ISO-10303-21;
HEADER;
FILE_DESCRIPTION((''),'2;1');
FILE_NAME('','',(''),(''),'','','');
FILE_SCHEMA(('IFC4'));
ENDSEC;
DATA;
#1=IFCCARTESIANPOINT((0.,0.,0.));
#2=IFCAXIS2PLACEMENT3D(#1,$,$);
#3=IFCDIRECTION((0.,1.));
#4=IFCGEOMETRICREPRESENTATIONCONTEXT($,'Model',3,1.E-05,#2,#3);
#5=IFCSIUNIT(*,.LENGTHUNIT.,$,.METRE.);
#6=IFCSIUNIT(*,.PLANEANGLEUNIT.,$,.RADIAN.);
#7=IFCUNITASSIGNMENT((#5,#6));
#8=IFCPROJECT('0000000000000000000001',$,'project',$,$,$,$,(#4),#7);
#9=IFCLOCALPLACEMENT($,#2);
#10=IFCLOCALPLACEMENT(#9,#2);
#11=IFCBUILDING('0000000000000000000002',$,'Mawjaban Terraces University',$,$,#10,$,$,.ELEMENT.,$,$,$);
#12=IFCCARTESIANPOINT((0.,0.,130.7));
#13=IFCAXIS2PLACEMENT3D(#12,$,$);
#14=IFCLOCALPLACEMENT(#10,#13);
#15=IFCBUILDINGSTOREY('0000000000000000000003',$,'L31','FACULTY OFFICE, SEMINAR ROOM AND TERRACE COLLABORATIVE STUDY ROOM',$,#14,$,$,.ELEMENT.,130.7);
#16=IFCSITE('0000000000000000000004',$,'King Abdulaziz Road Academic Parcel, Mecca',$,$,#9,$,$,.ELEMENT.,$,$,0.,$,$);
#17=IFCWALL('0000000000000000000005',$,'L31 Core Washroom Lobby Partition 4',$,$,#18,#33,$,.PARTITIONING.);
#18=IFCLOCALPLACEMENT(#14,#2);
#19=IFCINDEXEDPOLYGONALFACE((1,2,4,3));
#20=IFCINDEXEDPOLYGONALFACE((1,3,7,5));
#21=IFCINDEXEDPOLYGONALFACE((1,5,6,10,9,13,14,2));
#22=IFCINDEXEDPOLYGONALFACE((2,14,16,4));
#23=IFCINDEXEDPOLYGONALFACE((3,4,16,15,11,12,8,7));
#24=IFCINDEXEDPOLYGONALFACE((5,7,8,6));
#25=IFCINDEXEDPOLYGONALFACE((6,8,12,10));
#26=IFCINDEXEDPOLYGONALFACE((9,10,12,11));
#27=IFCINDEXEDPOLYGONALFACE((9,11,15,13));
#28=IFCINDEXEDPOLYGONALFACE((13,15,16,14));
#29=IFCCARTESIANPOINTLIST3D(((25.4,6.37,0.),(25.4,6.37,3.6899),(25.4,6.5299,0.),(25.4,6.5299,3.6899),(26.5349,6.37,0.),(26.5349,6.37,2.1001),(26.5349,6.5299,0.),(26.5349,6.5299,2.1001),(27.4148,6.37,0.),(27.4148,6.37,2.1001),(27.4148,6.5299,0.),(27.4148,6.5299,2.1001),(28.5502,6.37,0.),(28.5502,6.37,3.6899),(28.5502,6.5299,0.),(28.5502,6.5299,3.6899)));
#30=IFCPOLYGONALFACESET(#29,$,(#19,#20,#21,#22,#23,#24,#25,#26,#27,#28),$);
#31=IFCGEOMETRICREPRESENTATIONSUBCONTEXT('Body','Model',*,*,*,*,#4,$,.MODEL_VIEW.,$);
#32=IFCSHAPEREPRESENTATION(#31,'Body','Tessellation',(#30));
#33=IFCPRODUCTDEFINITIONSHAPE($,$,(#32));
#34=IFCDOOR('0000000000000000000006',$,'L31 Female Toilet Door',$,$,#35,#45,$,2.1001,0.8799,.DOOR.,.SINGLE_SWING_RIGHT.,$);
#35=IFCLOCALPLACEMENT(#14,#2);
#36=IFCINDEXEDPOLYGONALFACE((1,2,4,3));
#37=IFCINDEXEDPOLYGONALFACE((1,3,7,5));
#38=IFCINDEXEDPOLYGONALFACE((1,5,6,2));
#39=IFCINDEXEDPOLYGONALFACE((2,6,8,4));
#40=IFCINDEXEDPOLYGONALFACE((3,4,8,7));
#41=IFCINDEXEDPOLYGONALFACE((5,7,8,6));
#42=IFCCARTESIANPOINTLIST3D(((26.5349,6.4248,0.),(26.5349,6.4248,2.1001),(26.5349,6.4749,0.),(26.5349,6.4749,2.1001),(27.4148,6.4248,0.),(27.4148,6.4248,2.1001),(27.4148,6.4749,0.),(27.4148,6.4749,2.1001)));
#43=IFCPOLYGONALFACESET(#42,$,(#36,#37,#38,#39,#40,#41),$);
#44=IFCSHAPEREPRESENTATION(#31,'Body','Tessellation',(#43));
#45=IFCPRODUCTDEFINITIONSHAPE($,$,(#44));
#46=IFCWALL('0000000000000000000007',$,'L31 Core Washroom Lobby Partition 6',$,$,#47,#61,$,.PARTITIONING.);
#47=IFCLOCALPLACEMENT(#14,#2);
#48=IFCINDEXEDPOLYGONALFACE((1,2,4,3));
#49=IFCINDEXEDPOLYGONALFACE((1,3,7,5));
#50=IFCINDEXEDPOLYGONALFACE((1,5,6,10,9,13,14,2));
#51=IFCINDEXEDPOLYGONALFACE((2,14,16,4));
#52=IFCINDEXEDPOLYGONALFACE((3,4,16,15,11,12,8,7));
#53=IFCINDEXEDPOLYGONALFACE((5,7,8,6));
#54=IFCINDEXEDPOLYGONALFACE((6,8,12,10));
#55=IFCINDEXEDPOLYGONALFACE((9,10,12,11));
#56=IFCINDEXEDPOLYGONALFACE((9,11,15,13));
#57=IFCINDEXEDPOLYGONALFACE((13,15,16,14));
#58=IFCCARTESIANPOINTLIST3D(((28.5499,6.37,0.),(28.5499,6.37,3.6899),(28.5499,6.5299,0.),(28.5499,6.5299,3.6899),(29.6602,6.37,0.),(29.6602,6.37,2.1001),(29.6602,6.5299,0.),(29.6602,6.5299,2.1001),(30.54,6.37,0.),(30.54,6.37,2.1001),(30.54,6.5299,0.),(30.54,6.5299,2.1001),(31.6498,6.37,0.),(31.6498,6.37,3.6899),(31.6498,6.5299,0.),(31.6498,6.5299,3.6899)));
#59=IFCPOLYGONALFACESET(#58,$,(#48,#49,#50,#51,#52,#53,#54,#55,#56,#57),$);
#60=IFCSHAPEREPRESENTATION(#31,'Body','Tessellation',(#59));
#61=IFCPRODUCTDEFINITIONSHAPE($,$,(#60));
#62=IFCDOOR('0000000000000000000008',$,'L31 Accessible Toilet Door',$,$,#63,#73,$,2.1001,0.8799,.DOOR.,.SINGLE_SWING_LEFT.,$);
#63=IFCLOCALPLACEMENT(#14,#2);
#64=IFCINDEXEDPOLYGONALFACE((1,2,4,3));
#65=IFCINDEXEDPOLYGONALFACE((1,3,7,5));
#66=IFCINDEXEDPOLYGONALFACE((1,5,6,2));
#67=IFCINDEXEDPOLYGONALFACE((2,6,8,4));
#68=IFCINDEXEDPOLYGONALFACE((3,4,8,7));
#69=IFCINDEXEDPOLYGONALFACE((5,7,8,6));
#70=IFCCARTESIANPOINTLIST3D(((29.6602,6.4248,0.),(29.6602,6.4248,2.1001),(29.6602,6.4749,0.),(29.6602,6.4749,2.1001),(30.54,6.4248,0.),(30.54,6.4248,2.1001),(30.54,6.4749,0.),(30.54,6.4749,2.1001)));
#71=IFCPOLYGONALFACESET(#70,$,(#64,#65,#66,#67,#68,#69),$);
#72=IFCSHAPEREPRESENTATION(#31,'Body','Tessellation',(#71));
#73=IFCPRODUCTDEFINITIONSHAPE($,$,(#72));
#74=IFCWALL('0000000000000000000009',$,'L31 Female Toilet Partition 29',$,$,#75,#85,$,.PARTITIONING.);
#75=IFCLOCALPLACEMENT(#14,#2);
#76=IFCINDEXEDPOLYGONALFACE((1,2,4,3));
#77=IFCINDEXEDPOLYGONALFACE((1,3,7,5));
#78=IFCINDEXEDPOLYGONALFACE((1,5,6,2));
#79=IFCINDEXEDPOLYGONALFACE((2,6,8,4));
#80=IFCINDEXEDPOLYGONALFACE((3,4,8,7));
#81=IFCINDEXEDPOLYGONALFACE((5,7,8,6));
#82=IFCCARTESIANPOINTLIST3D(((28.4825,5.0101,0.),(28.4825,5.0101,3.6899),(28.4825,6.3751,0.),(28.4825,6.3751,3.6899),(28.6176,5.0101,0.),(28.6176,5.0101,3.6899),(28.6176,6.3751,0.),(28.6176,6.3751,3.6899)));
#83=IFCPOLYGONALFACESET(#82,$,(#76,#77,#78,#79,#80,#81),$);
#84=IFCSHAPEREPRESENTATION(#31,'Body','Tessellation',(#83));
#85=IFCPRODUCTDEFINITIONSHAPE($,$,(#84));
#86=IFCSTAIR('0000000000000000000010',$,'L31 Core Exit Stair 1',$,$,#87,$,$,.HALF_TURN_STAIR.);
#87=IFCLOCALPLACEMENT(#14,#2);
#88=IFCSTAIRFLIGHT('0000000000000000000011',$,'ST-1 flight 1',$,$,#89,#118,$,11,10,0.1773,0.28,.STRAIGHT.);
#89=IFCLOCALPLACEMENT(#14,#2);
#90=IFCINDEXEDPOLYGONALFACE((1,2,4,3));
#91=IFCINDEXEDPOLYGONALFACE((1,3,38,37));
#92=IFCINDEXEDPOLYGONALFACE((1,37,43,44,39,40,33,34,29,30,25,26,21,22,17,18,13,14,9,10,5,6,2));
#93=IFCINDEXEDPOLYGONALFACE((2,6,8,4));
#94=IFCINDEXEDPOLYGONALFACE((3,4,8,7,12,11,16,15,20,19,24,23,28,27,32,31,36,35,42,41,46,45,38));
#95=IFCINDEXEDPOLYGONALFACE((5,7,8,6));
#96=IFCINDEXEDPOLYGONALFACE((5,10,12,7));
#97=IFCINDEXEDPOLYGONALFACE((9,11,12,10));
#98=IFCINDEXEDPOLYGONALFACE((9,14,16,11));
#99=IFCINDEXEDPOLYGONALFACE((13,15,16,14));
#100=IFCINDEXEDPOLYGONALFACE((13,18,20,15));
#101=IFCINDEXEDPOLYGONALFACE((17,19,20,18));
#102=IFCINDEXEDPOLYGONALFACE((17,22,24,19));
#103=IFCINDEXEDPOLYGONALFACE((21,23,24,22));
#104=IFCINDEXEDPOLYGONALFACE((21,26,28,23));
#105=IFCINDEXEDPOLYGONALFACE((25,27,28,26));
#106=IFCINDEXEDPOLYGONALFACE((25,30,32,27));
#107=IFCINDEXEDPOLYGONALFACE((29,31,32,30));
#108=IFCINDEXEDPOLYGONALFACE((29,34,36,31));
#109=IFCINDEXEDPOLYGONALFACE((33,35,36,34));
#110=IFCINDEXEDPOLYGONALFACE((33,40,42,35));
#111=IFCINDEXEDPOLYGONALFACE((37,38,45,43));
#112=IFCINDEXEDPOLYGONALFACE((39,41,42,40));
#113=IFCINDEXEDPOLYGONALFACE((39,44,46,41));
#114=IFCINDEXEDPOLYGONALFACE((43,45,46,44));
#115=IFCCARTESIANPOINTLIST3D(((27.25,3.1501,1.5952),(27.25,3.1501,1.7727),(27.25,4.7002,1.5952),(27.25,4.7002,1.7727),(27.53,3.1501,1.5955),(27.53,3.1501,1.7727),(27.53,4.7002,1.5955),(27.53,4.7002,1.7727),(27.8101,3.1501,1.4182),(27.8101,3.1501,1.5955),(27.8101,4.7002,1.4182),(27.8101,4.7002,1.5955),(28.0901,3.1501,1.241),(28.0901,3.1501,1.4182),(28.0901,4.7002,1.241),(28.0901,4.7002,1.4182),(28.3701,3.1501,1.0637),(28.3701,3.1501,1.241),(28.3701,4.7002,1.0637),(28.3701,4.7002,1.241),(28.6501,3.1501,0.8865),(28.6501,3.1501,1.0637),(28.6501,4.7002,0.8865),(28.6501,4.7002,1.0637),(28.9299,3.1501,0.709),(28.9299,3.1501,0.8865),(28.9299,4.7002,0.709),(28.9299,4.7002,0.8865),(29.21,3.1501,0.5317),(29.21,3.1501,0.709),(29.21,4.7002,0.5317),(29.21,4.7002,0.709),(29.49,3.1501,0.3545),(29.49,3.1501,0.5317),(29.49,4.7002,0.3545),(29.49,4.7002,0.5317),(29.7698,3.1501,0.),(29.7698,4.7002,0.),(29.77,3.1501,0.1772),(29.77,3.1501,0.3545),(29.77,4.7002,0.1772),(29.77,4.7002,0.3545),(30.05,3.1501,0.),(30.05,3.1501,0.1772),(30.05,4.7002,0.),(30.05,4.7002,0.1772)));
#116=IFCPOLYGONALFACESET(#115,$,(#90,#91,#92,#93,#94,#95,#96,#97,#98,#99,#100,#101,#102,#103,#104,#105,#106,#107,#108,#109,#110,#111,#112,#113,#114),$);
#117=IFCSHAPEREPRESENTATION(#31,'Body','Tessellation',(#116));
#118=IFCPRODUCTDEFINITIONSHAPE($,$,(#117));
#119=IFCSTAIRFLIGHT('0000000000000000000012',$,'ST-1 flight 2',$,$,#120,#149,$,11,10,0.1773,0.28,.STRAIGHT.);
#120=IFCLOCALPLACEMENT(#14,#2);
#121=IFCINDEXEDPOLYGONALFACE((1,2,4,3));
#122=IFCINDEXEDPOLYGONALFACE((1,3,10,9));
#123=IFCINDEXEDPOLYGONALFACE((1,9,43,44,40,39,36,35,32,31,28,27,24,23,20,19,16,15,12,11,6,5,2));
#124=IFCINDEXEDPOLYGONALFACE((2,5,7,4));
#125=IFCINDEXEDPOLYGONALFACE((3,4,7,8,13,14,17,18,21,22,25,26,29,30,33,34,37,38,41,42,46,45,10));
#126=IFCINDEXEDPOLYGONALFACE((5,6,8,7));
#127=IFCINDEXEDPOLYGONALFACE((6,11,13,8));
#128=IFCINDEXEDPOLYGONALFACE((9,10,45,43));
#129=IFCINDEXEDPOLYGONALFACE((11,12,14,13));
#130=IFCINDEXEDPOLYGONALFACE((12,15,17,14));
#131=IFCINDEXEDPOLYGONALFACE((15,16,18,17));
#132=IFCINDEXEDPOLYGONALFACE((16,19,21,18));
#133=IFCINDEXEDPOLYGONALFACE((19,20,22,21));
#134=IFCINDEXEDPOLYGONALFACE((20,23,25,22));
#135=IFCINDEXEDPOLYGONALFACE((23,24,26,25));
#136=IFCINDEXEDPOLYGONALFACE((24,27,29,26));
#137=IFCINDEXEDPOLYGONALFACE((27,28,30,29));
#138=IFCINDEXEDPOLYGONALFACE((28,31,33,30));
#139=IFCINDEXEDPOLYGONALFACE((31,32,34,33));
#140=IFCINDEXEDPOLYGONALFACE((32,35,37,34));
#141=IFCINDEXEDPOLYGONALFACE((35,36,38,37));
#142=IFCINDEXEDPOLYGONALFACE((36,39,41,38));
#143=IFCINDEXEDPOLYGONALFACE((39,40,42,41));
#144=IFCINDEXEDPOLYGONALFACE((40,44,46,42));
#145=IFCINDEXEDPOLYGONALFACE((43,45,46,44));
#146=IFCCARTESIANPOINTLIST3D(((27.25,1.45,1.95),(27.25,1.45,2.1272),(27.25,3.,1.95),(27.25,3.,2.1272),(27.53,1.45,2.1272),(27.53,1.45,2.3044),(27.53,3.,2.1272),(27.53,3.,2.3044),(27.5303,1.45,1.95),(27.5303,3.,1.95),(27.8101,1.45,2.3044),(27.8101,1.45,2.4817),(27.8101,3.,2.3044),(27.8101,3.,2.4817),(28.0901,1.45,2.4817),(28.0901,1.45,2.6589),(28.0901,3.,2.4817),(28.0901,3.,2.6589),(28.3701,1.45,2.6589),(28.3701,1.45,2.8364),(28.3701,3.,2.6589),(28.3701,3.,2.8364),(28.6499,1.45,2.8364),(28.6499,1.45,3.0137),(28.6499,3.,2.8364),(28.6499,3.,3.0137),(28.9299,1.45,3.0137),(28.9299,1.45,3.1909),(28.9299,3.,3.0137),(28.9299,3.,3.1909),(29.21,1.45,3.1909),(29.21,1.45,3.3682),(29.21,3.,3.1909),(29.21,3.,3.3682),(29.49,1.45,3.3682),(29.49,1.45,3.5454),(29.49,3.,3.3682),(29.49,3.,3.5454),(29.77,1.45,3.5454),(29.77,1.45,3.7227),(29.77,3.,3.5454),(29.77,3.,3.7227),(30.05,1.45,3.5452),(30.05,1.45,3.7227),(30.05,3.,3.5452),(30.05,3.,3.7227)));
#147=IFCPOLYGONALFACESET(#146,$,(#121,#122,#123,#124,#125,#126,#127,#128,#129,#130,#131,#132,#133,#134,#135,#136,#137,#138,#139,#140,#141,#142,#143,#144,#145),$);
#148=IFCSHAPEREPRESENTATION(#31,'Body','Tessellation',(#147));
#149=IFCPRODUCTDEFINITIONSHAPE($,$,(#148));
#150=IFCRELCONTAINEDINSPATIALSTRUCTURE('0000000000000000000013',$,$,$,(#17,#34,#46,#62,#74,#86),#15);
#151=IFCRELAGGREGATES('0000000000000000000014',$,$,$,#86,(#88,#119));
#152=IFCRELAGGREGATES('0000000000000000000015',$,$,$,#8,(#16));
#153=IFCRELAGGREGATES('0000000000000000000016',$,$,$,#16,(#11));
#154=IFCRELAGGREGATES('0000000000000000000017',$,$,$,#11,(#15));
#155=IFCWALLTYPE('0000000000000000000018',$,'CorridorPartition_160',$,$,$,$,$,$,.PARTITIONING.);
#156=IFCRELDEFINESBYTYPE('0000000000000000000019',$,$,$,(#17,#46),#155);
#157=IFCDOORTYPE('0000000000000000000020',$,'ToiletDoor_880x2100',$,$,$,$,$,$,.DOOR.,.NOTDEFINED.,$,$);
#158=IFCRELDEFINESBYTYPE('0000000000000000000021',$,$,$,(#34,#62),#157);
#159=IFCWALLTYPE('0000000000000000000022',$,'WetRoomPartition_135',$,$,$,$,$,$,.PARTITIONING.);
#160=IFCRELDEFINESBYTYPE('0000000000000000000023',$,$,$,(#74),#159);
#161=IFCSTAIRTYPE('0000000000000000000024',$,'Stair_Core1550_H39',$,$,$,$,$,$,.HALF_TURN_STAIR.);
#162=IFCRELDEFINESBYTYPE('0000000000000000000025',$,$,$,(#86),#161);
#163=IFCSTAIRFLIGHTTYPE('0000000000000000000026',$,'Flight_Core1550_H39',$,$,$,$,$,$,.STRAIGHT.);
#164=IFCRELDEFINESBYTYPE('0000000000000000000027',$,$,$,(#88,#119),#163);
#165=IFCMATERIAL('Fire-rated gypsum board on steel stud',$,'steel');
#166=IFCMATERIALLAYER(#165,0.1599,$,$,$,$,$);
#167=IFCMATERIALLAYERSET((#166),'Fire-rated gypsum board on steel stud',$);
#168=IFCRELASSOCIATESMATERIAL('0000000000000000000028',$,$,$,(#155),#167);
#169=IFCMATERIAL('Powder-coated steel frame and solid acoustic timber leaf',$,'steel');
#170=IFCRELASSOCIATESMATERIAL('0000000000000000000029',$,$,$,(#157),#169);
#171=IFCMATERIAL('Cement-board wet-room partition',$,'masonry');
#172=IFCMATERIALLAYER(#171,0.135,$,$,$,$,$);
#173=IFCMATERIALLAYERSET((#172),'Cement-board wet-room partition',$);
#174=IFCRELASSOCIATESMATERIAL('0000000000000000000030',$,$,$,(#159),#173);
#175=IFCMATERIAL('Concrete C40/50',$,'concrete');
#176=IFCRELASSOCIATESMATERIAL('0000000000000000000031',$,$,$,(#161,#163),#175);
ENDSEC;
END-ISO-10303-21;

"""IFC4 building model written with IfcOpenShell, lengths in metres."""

from ifc_helpers import new_model, si_unit, direction, frame, frame_2d, origin, place, context, subcontext, project, spatial, polyline, rectangle, outline, extrude, material, layer, layer_set, type_object, element, fill, aggregate, save


model = new_model("IFC4")

# Units and contexts
model_context = context("Model", 3, precision=1e-05, world=origin(), true_north=direction((0.0, 1.0)))
body_context = subcontext(model_context, "Body", "Model", "MODEL_VIEW")
ifc_project = project(units=[si_unit("LENGTHUNIT", "METRE"), si_unit("PLANEANGLEUNIT", "RADIAN")], contexts=[model_context])

# Site, building, storey
site_placement = place(None, origin())
site = spatial("IfcSite", under=ifc_project, at=site_placement, Name="King Abdulaziz Road Academic Parcel, Mecca", CompositionType="ELEMENT", RefElevation=0.0)
building_placement = place(site_placement, origin())
building = spatial("IfcBuilding", under=site, at=building_placement, Name="Mawjaban Terraces University", CompositionType="ELEMENT")
storey_placement = place(building_placement, frame((0.0, 0.0, 130.7)))
storey = spatial("IfcBuildingStorey", under=building, at=storey_placement, Name="L31", Description="FACULTY OFFICE, SEMINAR ROOM AND TERRACE COLLABORATIVE STUDY ROOM", CompositionType="ELEMENT", Elevation=130.7)

# Walls, openings, doors
ifc_material_1 = material(Name="Fire-rated gypsum board on steel stud", Category="steel")
ifc_layer_1 = layer(ifc_material_1, 0.1599)
ifc_layer_set_1 = layer_set([ifc_layer_1], Name="Fire-rated gypsum board on steel stud")
wall_type_1 = type_object("IfcWallType", Name="CorridorPartition_160", PredefinedType="PARTITIONING", material=ifc_layer_set_1)
wall_1_placement = place(storey_placement, frame((25.3999, 6.45, 0.0), z_axis=(0.0, 0.0, 1.0), x_axis=(1.0, 0.0, 0.0)))
wall_1 = element("IfcWall", 1, at=wall_1_placement, inside=storey, type_object=wall_type_1, Name="L31 Core Washroom Lobby Partition 4", PredefinedType="PARTITIONING", context=body_context, shape_type="SweptSolid", body=[
    extrude(rectangle(XDim=3.1501, YDim=0.1599, at=frame_2d((1.5752, 0.0))), origin(), (0.0, 0.0, 1.0), 3.6899),
])
opening_1_placement = place(wall_1_placement, frame((1.135, 0.0, 0.0)))
opening_1 = element("IfcOpeningElement", 2, at=opening_1_placement, cuts=wall_1, PredefinedType="OPENING", context=body_context, shape_type="SweptSolid", body=[
    extrude(rectangle(XDim=0.8799, YDim=2.1001, at=frame_2d((0.4399, 1.05))), frame((0.0, 0.0898, 0.0), z_axis=(0.0, -1.0, 0.0), x_axis=(1.0, 0.0, 0.0)), (0.0, 0.0, 1.0), 0.1799),
])
ifc_material_2 = material(Name="Powder-coated steel frame and solid acoustic timber leaf", Category="steel")
door_type = type_object("IfcDoorType", Name="ToiletDoor_880x2100", OperationType="NOTDEFINED", PredefinedType="DOOR", material=ifc_material_2)
door_1_placement = place(opening_1_placement, origin())
door_1 = element("IfcDoor", 3, at=door_1_placement, inside=storey, type_object=door_type, Name="L31 Female Toilet Door", OperationType="SINGLE_SWING_RIGHT", OverallHeight=2.1001, OverallWidth=0.8799, PredefinedType="DOOR", context=body_context, shape_type="SweptSolid", body=[
    extrude(rectangle(XDim=0.8799, YDim=2.1001, at=frame_2d((0.4399, 1.05))), frame((0.0, 0.0249, 0.0), z_axis=(0.0, -1.0, 0.0), x_axis=(1.0, 0.0, 0.0)), (0.0, 0.0, 1.0), 0.05),
])
fill(opening_1, door_1)
wall_2_placement = place(storey_placement, frame((28.55, 6.45, 0.0), z_axis=(0.0, 0.0, 1.0), x_axis=(1.0, 0.0, 0.0)))
wall_2 = element("IfcWall", 4, at=wall_2_placement, inside=storey, type_object=wall_type_1, Name="L31 Core Washroom Lobby Partition 6", PredefinedType="PARTITIONING", context=body_context, shape_type="SweptSolid", body=[
    extrude(rectangle(XDim=3.0999, YDim=0.1599, at=frame_2d((1.5498, 0.0))), origin(), (0.0, 0.0, 1.0), 3.6899),
])
opening_2_placement = place(wall_2_placement, frame((1.1101, 0.0, 0.0)))
opening_2 = element("IfcOpeningElement", 5, at=opening_2_placement, cuts=wall_2, PredefinedType="OPENING", context=body_context, shape_type="SweptSolid", body=[
    extrude(rectangle(XDim=0.8799, YDim=2.1001, at=frame_2d((0.4399, 1.05))), frame((0.0, 0.0898, 0.0), z_axis=(0.0, -1.0, 0.0), x_axis=(1.0, 0.0, 0.0)), (0.0, 0.0, 1.0), 0.1799),
])
door_2_placement = place(opening_2_placement, origin())
door_2 = element("IfcDoor", 6, at=door_2_placement, inside=storey, type_object=door_type, Name="L31 Accessible Toilet Door", OperationType="SINGLE_SWING_LEFT", OverallHeight=2.1001, OverallWidth=0.8799, PredefinedType="DOOR", context=body_context, shape_type="SweptSolid", body=[
    extrude(rectangle(XDim=0.8799, YDim=2.1001, at=frame_2d((0.4399, 1.05))), frame((0.0, 0.0249, 0.0), z_axis=(0.0, -1.0, 0.0), x_axis=(1.0, 0.0, 0.0)), (0.0, 0.0, 1.0), 0.05),
])
fill(opening_2, door_2)

# Wall
ifc_material_3 = material(Name="Cement-board wet-room partition", Category="masonry")
ifc_layer_2 = layer(ifc_material_3, 0.135)
ifc_layer_set_2 = layer_set([ifc_layer_2], Name="Cement-board wet-room partition")
wall_type_2 = type_object("IfcWallType", Name="WetRoomPartition_135", PredefinedType="PARTITIONING", material=ifc_layer_set_2)
wall_3_placement = place(storey_placement, frame((28.55, 5.01, 0.0), z_axis=(0.0, 0.0, 1.0), x_axis=(0.0, 1.0, 0.0)))
element("IfcWall", 7, at=wall_3_placement, inside=storey, type_object=wall_type_2, Name="L31 Female Toilet Partition 29", PredefinedType="PARTITIONING", context=body_context, shape_type="SweptSolid", body=[
    extrude(rectangle(XDim=1.365, YDim=0.135, at=frame_2d((0.6826, 0.0))), origin(), (0.0, 0.0, 1.0), 3.6899),
])

# Stair, stair flights
ifc_material_4 = material(Name="Concrete C40/50", Category="concrete")
stair_type = type_object("IfcStairType", Name="Stair_Core1550_H39", PredefinedType="HALF_TURN_STAIR", material=ifc_material_4)
stair_1_placement = place(storey_placement, origin())
stair_1 = element("IfcStair", 8, at=stair_1_placement, inside=storey, type_object=stair_type, Name="L31 Core Exit Stair 1", PredefinedType="HALF_TURN_STAIR")
stair_flight_type = type_object("IfcStairFlightType", Name="Flight_Core1550_H39", PredefinedType="STRAIGHT", material=ifc_material_4)
stair_flight_1_placement = place(storey_placement, frame((30.05, 3.925, 0.0), z_axis=(0.0, 0.0, 1.0), x_axis=(-1.0, 0.0, 0.0)))
stair_flight_1 = element("IfcStairFlight", 9, at=stair_flight_1_placement, type_object=stair_flight_type, Name="ST-1 flight 1", NumberOfRisers=11, NumberOfTreads=10, PredefinedType="STRAIGHT", RiserHeight=0.1773, TreadLength=0.28, context=body_context, shape_type="SweptSolid", body=[
    extrude(outline(polyline([(0.0, 0.0), (0.0, 0.1772), (0.28, 0.1772), (0.28, 0.3545), (0.5601, 0.3545), (0.5601, 0.5317), (0.8401, 0.5317), (0.8401, 0.709), (1.1201, 0.709), (1.1201, 0.8865), (1.3999, 0.8865), (1.3999, 1.0637), (1.6799, 1.0637), (1.6799, 1.241), (1.96, 1.241), (1.96, 1.4182), (2.24, 1.4182), (2.24, 1.5955), (2.52, 1.5955), (2.52, 1.7727), (2.8, 1.7727), (2.8, 1.95), (2.8, 1.5952), (0.2803, 0.0), (0.0, 0.0)])), frame((0.0, 0.7749, 0.0), z_axis=(0.0, -1.0, 0.0), x_axis=(1.0, 0.0, 0.0)), (0.0, 0.0, 1.0), 1.55),
])
stair_flight_2_placement = place(storey_placement, frame((27.25, 2.2251, 1.95), z_axis=(0.0, 0.0, 1.0), x_axis=(1.0, 0.0, 0.0)))
stair_flight_2 = element("IfcStairFlight", 10, at=stair_flight_2_placement, type_object=stair_flight_type, Name="ST-1 flight 2", NumberOfRisers=11, NumberOfTreads=10, PredefinedType="STRAIGHT", RiserHeight=0.1773, TreadLength=0.28, context=body_context, shape_type="SweptSolid", body=[
    extrude(outline(polyline([(0.0, 0.0), (0.0, 0.1772), (0.28, 0.1772), (0.28, 0.3545), (0.5601, 0.3545), (0.5601, 0.5317), (0.8401, 0.5317), (0.8401, 0.709), (1.1201, 0.709), (1.1201, 0.8865), (1.3999, 0.8865), (1.3999, 1.0637), (1.6799, 1.0637), (1.6799, 1.241), (1.96, 1.241), (1.96, 1.4182), (2.24, 1.4182), (2.24, 1.5955), (2.52, 1.5955), (2.52, 1.7727), (2.8, 1.7727), (2.8, 1.95), (2.8, 1.5952), (0.2803, 0.0), (0.0, 0.0)])), frame((0.0, 0.7749, 0.0), z_axis=(0.0, -1.0, 0.0), x_axis=(1.0, 0.0, 0.0)), (0.0, 0.0, 1.0), 1.55),
])
aggregate(stair_1, [stair_flight_1, stair_flight_2])

save(model, "model.ifc")
